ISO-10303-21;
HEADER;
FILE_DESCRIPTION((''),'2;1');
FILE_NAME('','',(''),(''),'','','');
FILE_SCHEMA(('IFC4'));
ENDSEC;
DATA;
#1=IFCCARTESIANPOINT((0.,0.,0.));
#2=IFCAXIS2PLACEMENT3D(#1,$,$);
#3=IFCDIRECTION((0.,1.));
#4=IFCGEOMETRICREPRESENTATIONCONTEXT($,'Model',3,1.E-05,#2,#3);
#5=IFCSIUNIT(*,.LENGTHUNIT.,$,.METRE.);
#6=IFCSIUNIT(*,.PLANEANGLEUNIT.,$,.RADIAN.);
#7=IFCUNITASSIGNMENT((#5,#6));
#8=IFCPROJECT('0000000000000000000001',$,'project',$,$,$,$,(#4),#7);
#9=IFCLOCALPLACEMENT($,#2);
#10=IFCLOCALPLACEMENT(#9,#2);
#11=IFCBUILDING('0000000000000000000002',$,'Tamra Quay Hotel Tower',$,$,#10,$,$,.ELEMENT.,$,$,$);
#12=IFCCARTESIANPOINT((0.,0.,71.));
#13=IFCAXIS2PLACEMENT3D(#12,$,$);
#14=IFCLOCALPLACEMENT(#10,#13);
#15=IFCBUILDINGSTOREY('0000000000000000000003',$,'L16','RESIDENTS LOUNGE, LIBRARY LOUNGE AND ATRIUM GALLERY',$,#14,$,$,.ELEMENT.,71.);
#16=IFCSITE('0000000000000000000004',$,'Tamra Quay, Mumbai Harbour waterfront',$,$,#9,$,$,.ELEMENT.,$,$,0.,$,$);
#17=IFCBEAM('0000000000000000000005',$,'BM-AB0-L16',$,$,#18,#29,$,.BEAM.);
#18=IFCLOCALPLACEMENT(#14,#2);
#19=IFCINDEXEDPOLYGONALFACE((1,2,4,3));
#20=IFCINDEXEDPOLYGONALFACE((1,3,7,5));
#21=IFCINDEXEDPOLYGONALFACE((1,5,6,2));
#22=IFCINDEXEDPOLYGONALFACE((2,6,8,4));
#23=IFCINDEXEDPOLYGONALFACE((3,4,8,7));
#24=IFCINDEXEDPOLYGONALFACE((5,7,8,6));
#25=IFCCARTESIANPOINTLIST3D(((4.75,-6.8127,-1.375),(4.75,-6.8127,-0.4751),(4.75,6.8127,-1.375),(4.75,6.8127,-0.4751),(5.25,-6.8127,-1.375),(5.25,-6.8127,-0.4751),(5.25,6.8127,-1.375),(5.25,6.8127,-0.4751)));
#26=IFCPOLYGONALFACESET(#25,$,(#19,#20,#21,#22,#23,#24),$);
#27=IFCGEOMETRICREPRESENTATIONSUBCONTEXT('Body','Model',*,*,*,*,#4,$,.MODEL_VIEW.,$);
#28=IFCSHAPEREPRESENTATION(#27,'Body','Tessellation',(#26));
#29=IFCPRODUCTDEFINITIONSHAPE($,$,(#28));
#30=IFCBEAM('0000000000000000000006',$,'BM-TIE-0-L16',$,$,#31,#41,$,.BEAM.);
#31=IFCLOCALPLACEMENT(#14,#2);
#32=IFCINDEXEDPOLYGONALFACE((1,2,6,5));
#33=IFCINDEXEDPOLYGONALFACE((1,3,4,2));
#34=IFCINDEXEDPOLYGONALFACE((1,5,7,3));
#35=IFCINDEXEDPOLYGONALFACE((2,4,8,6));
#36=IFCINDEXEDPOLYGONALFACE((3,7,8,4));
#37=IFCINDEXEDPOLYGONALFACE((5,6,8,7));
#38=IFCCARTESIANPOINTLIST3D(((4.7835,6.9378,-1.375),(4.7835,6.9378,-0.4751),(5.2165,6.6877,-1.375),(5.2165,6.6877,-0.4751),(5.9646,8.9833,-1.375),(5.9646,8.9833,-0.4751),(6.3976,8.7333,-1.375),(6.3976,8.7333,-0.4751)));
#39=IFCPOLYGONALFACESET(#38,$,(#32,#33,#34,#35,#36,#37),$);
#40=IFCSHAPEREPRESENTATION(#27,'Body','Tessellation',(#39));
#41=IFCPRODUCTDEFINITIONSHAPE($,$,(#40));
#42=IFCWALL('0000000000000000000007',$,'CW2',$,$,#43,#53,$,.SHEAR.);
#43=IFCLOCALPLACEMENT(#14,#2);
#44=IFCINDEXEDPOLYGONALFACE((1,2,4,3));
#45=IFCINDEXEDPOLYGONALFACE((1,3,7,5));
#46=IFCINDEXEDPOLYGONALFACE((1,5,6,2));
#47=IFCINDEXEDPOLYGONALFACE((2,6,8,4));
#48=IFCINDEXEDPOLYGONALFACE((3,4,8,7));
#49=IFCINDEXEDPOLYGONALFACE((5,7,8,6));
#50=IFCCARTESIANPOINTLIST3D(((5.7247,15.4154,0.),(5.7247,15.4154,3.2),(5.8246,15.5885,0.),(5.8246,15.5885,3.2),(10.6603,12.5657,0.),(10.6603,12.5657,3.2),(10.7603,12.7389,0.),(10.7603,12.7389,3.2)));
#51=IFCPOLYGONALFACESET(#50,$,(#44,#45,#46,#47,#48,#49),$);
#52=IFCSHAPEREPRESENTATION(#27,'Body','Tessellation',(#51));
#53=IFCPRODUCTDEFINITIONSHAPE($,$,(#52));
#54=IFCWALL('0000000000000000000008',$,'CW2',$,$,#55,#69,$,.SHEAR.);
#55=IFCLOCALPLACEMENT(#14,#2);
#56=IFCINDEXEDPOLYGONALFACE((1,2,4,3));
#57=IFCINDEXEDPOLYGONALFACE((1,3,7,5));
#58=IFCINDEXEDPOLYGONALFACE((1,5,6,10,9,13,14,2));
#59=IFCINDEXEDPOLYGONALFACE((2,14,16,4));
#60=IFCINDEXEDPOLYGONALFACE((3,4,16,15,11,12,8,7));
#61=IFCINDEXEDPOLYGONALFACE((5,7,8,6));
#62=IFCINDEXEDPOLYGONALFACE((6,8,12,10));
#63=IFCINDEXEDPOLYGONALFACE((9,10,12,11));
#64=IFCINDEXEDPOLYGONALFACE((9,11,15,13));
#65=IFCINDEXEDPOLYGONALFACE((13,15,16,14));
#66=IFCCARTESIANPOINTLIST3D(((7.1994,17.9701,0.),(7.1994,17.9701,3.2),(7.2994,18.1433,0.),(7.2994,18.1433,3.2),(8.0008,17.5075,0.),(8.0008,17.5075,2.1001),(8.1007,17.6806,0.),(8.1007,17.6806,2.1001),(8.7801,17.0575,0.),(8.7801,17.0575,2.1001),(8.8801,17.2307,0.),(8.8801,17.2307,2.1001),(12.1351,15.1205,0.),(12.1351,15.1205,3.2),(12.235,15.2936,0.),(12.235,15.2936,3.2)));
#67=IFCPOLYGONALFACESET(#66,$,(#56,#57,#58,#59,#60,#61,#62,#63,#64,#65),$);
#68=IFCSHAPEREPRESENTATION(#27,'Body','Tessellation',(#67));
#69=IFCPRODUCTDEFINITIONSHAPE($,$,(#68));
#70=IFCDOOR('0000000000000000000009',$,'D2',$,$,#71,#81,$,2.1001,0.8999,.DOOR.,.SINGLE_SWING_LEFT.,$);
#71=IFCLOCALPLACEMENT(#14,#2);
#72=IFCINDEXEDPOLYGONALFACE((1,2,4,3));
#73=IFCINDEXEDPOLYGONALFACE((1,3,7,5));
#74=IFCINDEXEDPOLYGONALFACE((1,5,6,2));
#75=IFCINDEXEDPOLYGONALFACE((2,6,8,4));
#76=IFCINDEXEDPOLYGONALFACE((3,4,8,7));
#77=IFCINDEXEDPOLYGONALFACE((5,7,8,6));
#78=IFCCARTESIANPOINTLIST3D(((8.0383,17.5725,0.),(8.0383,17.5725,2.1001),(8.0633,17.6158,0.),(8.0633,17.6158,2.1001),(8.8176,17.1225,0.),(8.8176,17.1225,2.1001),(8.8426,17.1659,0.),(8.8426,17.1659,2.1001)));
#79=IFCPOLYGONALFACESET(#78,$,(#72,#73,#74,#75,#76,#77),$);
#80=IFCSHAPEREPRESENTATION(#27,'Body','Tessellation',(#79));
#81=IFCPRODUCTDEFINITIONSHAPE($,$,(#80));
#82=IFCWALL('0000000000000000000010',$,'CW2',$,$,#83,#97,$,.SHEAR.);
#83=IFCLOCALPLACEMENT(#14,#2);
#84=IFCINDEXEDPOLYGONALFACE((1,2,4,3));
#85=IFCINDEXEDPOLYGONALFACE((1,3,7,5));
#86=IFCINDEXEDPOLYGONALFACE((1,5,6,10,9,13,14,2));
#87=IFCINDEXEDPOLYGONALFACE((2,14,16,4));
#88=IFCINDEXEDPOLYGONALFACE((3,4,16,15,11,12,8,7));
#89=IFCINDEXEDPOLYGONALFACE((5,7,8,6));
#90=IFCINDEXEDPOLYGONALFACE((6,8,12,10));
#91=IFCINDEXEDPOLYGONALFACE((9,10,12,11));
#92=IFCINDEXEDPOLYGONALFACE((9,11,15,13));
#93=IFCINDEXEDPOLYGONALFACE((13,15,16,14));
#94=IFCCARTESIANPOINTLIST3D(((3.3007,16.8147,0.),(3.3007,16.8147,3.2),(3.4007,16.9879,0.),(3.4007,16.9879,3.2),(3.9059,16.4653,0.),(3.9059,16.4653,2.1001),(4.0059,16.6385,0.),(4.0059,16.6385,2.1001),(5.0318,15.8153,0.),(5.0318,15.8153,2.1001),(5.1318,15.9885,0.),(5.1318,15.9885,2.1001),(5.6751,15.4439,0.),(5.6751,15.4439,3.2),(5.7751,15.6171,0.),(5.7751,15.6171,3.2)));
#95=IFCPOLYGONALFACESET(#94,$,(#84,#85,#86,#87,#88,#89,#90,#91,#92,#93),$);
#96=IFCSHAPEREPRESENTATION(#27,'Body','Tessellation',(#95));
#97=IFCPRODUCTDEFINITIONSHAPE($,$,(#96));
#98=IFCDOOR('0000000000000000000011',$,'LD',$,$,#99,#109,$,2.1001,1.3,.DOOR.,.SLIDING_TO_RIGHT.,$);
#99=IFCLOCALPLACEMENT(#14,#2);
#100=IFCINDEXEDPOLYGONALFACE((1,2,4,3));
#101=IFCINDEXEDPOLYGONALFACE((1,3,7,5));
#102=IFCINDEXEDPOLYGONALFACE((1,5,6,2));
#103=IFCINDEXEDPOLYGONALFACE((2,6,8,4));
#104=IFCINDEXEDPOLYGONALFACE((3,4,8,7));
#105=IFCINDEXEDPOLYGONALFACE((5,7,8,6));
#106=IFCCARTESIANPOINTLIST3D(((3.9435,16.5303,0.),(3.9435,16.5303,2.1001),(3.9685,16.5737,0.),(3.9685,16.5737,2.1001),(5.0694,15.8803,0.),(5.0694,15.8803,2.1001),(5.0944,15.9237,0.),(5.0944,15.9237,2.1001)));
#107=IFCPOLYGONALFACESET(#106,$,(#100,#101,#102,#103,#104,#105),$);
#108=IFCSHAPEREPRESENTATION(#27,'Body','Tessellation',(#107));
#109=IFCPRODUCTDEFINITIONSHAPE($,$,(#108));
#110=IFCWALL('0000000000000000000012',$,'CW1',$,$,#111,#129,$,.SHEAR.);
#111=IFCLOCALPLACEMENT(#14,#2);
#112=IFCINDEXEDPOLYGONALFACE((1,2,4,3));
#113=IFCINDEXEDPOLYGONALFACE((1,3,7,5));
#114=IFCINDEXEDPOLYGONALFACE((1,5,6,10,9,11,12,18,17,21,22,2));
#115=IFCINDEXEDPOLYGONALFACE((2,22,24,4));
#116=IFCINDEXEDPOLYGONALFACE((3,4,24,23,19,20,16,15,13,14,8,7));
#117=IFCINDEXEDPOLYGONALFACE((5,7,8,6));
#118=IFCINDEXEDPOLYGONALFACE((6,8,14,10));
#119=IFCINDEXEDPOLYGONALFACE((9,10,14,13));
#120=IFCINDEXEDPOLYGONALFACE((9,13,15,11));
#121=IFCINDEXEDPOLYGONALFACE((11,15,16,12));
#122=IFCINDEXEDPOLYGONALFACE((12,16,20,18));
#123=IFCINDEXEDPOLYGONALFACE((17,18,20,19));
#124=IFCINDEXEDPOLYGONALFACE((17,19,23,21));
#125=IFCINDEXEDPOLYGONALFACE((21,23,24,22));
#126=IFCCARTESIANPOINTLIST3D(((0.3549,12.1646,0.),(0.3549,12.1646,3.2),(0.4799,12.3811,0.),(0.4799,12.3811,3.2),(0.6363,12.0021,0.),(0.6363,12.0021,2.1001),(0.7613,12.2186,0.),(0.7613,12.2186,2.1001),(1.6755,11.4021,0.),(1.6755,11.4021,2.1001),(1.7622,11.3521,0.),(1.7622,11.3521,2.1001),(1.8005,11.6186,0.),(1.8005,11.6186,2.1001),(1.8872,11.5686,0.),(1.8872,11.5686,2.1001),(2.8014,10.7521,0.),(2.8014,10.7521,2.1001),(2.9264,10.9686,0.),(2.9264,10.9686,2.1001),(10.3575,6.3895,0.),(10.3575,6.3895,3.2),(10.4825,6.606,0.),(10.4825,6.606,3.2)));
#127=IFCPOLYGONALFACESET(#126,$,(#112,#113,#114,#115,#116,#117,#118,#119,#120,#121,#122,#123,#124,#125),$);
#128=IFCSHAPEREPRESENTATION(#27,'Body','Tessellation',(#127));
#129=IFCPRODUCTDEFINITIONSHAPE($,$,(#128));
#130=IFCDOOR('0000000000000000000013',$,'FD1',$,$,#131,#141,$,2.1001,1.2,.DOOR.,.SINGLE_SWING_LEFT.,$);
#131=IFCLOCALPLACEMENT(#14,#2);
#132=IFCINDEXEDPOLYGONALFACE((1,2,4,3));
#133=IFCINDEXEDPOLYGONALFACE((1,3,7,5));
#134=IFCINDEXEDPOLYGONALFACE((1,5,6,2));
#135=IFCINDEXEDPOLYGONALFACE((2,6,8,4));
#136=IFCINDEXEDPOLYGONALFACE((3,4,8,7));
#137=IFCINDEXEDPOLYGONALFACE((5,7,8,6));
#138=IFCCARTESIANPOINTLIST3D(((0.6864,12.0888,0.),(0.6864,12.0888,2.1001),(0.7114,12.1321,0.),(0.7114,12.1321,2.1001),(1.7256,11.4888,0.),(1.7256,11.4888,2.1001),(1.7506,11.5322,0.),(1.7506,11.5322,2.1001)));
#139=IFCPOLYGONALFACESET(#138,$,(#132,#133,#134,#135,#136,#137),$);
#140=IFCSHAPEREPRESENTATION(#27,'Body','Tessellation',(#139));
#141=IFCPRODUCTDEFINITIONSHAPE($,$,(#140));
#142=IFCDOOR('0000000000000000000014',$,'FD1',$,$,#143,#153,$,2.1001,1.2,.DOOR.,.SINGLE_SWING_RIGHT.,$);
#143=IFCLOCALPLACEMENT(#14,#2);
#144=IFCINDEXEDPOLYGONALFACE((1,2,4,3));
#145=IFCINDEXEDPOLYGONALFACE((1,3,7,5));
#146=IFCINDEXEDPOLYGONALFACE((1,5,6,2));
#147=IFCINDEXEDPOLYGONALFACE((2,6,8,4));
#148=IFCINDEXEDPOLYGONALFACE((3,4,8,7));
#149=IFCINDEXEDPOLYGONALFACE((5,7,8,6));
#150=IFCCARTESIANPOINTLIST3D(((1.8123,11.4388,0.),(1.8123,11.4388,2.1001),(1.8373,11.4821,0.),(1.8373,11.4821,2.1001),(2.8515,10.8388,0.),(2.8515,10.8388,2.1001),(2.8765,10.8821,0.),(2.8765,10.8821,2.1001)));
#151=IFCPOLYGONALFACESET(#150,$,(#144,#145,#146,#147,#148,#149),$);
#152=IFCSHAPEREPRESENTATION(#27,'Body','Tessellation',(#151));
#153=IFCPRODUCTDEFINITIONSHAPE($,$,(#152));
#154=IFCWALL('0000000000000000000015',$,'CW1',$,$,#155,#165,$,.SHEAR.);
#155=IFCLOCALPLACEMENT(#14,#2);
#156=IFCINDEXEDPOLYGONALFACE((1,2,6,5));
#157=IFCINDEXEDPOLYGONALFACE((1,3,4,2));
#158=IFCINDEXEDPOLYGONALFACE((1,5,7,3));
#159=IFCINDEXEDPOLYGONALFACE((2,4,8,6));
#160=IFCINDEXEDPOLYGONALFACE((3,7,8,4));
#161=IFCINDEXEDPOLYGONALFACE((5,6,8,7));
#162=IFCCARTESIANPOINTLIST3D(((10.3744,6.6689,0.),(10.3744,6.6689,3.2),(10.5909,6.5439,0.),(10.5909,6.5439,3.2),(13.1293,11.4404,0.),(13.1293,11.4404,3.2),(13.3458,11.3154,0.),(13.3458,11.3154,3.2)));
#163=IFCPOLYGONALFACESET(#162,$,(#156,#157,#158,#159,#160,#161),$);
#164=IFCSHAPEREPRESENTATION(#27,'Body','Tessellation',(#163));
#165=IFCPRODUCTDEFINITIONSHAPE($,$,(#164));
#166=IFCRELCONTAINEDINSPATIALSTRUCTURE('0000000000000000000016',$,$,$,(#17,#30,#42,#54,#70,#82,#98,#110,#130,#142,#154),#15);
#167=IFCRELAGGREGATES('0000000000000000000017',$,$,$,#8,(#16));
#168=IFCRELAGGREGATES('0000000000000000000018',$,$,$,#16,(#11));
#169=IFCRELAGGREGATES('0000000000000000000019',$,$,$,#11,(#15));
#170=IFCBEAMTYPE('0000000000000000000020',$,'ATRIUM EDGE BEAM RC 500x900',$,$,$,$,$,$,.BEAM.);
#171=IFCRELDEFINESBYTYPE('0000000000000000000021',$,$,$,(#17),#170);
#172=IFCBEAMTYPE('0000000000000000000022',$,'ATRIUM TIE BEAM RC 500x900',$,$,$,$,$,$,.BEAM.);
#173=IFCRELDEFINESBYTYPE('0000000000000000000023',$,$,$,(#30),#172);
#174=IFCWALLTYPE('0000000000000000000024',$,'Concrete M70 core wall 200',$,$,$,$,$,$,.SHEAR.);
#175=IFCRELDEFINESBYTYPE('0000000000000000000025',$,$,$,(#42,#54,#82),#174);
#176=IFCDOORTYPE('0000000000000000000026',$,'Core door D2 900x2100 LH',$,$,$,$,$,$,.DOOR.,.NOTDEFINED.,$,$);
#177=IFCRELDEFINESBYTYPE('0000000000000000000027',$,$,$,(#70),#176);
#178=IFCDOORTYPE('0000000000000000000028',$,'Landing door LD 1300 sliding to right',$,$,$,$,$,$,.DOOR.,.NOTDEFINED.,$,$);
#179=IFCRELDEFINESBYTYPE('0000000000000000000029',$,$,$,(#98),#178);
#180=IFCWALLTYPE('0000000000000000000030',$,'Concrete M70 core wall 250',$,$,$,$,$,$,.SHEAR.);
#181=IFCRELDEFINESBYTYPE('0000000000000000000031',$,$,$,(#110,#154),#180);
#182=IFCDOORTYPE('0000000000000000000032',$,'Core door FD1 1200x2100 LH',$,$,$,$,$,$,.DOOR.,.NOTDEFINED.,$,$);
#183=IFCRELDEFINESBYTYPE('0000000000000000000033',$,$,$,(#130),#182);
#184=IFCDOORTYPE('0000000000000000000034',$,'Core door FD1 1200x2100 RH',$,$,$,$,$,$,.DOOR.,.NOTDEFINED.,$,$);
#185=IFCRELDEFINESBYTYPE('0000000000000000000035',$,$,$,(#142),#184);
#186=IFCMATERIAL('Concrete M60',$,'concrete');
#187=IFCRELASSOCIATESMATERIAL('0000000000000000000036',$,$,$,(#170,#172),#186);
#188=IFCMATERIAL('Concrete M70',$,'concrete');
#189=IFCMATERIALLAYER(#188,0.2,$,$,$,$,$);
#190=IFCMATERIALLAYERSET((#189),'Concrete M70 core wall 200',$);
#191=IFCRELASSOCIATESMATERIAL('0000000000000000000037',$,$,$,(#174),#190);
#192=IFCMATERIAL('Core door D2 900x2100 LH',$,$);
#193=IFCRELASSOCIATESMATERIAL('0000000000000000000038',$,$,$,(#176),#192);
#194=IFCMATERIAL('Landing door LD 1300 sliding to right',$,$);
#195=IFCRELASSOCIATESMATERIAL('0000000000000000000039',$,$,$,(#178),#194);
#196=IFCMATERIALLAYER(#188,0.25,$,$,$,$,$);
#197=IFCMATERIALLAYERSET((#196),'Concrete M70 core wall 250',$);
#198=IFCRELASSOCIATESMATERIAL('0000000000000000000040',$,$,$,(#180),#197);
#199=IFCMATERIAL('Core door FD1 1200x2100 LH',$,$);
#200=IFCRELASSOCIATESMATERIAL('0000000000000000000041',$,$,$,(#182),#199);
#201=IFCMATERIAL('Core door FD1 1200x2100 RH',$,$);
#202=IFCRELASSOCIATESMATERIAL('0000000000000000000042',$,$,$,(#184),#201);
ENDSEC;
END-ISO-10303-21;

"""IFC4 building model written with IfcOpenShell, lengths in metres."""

from ifc_helpers import new_model, si_unit, direction, frame, frame_2d, origin, origin_2d, place, context, subcontext, project, spatial, rectangle, extrude, material, layer, layer_set, material_profile, profile_set, type_object, element, fill, save


model = new_model("IFC4")

# Units and contexts
model_context = context("Model", 3, precision=1e-05, world=origin(), true_north=direction((0.0, 1.0)))
body_context = subcontext(model_context, "Body", "Model", "MODEL_VIEW")
ifc_project = project(units=[si_unit("LENGTHUNIT", "METRE"), si_unit("PLANEANGLEUNIT", "RADIAN")], contexts=[model_context])

# Site, building, storey
site_placement = place(None, origin())
site = spatial("IfcSite", under=ifc_project, at=site_placement, Name="Tamra Quay, Mumbai Harbour waterfront", CompositionType="ELEMENT", RefElevation=0.0)
building_placement = place(site_placement, origin())
building = spatial("IfcBuilding", under=site, at=building_placement, Name="Tamra Quay Hotel Tower", CompositionType="ELEMENT")
storey_placement = place(building_placement, frame((0.0, 0.0, 71.0)))
storey = spatial("IfcBuildingStorey", under=building, at=storey_placement, Name="L16", Description="RESIDENTS LOUNGE, LIBRARY LOUNGE AND ATRIUM GALLERY", CompositionType="ELEMENT", Elevation=71.0)

# Beams
ifc_material_1 = material(Name="Concrete M60", Category="concrete")
ifc_material_profile_1 = material_profile(ifc_material_1, rectangle(XDim=0.5, YDim=0.8999, at=origin_2d()), Name="ATRIUM EDGE BEAM RC 500x900")
ifc_profile_set_1 = profile_set([ifc_material_profile_1], Name="Concrete M60")
beam_type_1 = type_object("IfcBeamType", Name="ATRIUM EDGE BEAM RC 500x900", PredefinedType="BEAM", material=ifc_profile_set_1)
beam_1_placement = place(storey_placement, frame((5.0, 6.8127, -0.925), z_axis=(0.0, -1.0, 0.0), x_axis=(1.0, 0.0, 0.0)))
element("IfcBeam", 1, at=beam_1_placement, inside=storey, type_object=beam_type_1, Name="BM-AB0-L16", PredefinedType="BEAM", context=body_context, shape_type="SweptSolid", body=[
    extrude(rectangle(XDim=0.5, YDim=0.8999, at=origin_2d()), origin(), (0.0, 0.0, 1.0), 13.6255),
])
ifc_material_profile_2 = material_profile(ifc_material_1, rectangle(XDim=0.5, YDim=0.8999, at=origin_2d()), Name="ATRIUM TIE BEAM RC 500x900")
ifc_profile_set_2 = profile_set([ifc_material_profile_2], Name="Concrete M60")
beam_type_2 = type_object("IfcBeamType", Name="ATRIUM TIE BEAM RC 500x900", PredefinedType="BEAM", material=ifc_profile_set_2)
beam_2_placement = place(storey_placement, frame((5.0, 6.8127, -0.925), z_axis=(0.50003, 0.866008, 0.0), x_axis=(-0.866008, 0.50003, 0.0)))
element("IfcBeam", 2, at=beam_2_placement, inside=storey, type_object=beam_type_2, Name="BM-TIE-0-L16", PredefinedType="BEAM", context=body_context, shape_type="SweptSolid", body=[
    extrude(rectangle(XDim=0.5, YDim=0.8999, at=origin_2d()), origin(), (0.0, 0.0, 1.0), 2.3621),
])

# Wall
ifc_material_2 = material(Name="Concrete M70", Category="concrete")
ifc_layer_1 = layer(ifc_material_2, 0.2)
ifc_layer_set_1 = layer_set([ifc_layer_1], Name="Concrete M70 core wall 200")
wall_type_1 = type_object("IfcWallType", Name="Concrete M70 core wall 200", PredefinedType="SHEAR", material=ifc_layer_set_1)
wall_1_placement = place(storey_placement, frame((5.7747, 15.502, 0.0), z_axis=(0.0, 0.0, 1.0), x_axis=(0.86602, -0.500009, 0.0)))
element("IfcWall", 3, at=wall_1_placement, inside=storey, type_object=wall_type_1, Name="CW2", PredefinedType="SHEAR", context=body_context, shape_type="SweptSolid", body=[
    extrude(rectangle(XDim=5.6992, YDim=0.2, at=frame_2d((2.8496, 0.0))), origin(), (0.0, 0.0, 1.0), 3.2),
])

# Walls, openings, doors
wall_2_placement = place(storey_placement, frame((12.1851, 15.207, 0.0), z_axis=(0.0, 0.0, 1.0), x_axis=(-0.86602, 0.500009, 0.0)))
wall_2 = element("IfcWall", 4, at=wall_2_placement, inside=storey, type_object=wall_type_1, Name="CW2", PredefinedType="SHEAR", context=body_context, shape_type="SweptSolid", body=[
    extrude(rectangle(XDim=5.6992, YDim=0.2, at=frame_2d((2.8496, 0.0))), origin(), (0.0, 0.0, 1.0), 3.2),
])
opening_1_placement = place(wall_2_placement, frame((3.874, 0.0, 0.0)))
opening_1 = element("IfcOpeningElement", 5, at=opening_1_placement, cuts=wall_2, PredefinedType="OPENING", context=body_context, shape_type="SweptSolid", body=[
    extrude(rectangle(XDim=0.8999, YDim=2.1001, at=frame_2d((0.45, 1.05))), frame((0.0, 0.1099, 0.0), z_axis=(0.0, -1.0, 0.0), x_axis=(1.0, 0.0, 0.0)), (0.0, 0.0, 1.0), 0.22),
])
ifc_material_3 = material(Name="Core door D2 900x2100 LH")
door_type_1 = type_object("IfcDoorType", Name="Core door D2 900x2100 LH", OperationType="NOTDEFINED", PredefinedType="DOOR", material=ifc_material_3)
door_1_placement = place(opening_1_placement, origin())
door_1 = element("IfcDoor", 6, at=door_1_placement, inside=storey, type_object=door_type_1, Name="D2", OperationType="SINGLE_SWING_LEFT", OverallHeight=2.1001, OverallWidth=0.8999, PredefinedType="DOOR", context=body_context, shape_type="SweptSolid", body=[
    extrude(rectangle(XDim=0.8999, YDim=2.1001, at=frame_2d((0.45, 1.05))), frame((0.0, 0.0249, 0.0), z_axis=(0.0, -1.0, 0.0), x_axis=(1.0, 0.0, 0.0)), (0.0, 0.0, 1.0), 0.05),
])
fill(opening_1, door_1)
wall_3_placement = place(storey_placement, frame((5.7251, 15.5305, 0.0), z_axis=(0.0, 0.0, 1.0), x_axis=(-0.866037, 0.499979, 0.0)))
wall_3 = element("IfcWall", 7, at=wall_3_placement, inside=storey, type_object=wall_type_1, Name="CW2", PredefinedType="SHEAR", context=body_context, shape_type="SweptSolid", body=[
    extrude(rectangle(XDim=2.7417, YDim=0.2, at=frame_2d((1.3708, 0.0))), origin(), (0.0, 0.0, 1.0), 3.2),
])
opening_2_placement = place(wall_3_placement, frame((0.7429, 0.0, 0.0)))
opening_2 = element("IfcOpeningElement", 8, at=opening_2_placement, cuts=wall_3, PredefinedType="OPENING", context=body_context, shape_type="SweptSolid", body=[
    extrude(rectangle(XDim=1.3, YDim=2.1001, at=frame_2d((0.6499, 1.05))), frame((0.0, 0.1099, 0.0), z_axis=(0.0, -1.0, 0.0), x_axis=(1.0, 0.0, 0.0)), (0.0, 0.0, 1.0), 0.22),
])
ifc_material_4 = material(Name="Landing door LD 1300 sliding to right")
door_type_2 = type_object("IfcDoorType", Name="Landing door LD 1300 sliding to right", OperationType="NOTDEFINED", PredefinedType="DOOR", material=ifc_material_4)
door_2_placement = place(opening_2_placement, origin())
door_2 = element("IfcDoor", 9, at=door_2_placement, inside=storey, type_object=door_type_2, Name="LD", OperationType="SLIDING_TO_RIGHT", OverallHeight=2.1001, OverallWidth=1.3, PredefinedType="DOOR", context=body_context, shape_type="SweptSolid", body=[
    extrude(rectangle(XDim=1.3, YDim=2.1001, at=frame_2d((0.6499, 1.05))), frame((0.0, 0.0249, 0.0), z_axis=(0.0, -1.0, 0.0), x_axis=(1.0, 0.0, 0.0)), (0.0, 0.0, 1.0), 0.05),
])
fill(opening_2, door_2)

# Wall, openings, doors
ifc_layer_2 = layer(ifc_material_2, 0.25)
ifc_layer_set_2 = layer_set([ifc_layer_2], Name="Concrete M70 core wall 250")
wall_type_2 = type_object("IfcWallType", Name="Concrete M70 core wall 250", PredefinedType="SHEAR", material=ifc_layer_set_2)
wall_4_placement = place(storey_placement, frame((10.4199, 6.4978, 0.0), z_axis=(0.0, 0.0, 1.0), x_axis=(-0.866022, 0.500006, 0.0)))
wall_4 = element("IfcWall", 10, at=wall_4_placement, inside=storey, type_object=wall_type_2, Name="CW1", PredefinedType="SHEAR", context=body_context, shape_type="SweptSolid", body=[
    extrude(rectangle(XDim=11.55, YDim=0.25, at=frame_2d((5.7749, 0.0))), origin(), (0.0, 0.0, 1.0), 3.2),
])
opening_3_placement = place(wall_4_placement, frame((10.0249, 0.0, 0.0)))
opening_3 = element("IfcOpeningElement", 11, at=opening_3_placement, cuts=wall_4, PredefinedType="OPENING", context=body_context, shape_type="SweptSolid", body=[
    extrude(rectangle(XDim=1.2, YDim=2.1001, at=frame_2d((0.6001, 1.05))), frame((0.0, 0.135, 0.0), z_axis=(0.0, -1.0, 0.0), x_axis=(1.0, 0.0, 0.0)), (0.0, 0.0, 1.0), 0.27),
])
opening_4_placement = place(wall_4_placement, frame((8.7249, 0.0, 0.0)))
opening_4 = element("IfcOpeningElement", 12, at=opening_4_placement, cuts=wall_4, PredefinedType="OPENING", context=body_context, shape_type="SweptSolid", body=[
    extrude(rectangle(XDim=1.2, YDim=2.1001, at=frame_2d((0.6001, 1.05))), frame((0.0, 0.135, 0.0), z_axis=(0.0, -1.0, 0.0), x_axis=(1.0, 0.0, 0.0)), (0.0, 0.0, 1.0), 0.27),
])
ifc_material_5 = material(Name="Core door FD1 1200x2100 LH")
door_type_3 = type_object("IfcDoorType", Name="Core door FD1 1200x2100 LH", OperationType="NOTDEFINED", PredefinedType="DOOR", material=ifc_material_5)
door_3_placement = place(opening_3_placement, origin())
door_3 = element("IfcDoor", 13, at=door_3_placement, inside=storey, type_object=door_type_3, Name="FD1", OperationType="SINGLE_SWING_LEFT", OverallHeight=2.1001, OverallWidth=1.2, PredefinedType="DOOR", context=body_context, shape_type="SweptSolid", body=[
    extrude(rectangle(XDim=1.2, YDim=2.1001, at=frame_2d((0.6001, 1.05))), frame((0.0, 0.0249, 0.0), z_axis=(0.0, -1.0, 0.0), x_axis=(1.0, 0.0, 0.0)), (0.0, 0.0, 1.0), 0.05),
])
fill(opening_3, door_3)
ifc_material_6 = material(Name="Core door FD1 1200x2100 RH")
door_type_4 = type_object("IfcDoorType", Name="Core door FD1 1200x2100 RH", OperationType="NOTDEFINED", PredefinedType="DOOR", material=ifc_material_6)
door_4_placement = place(opening_4_placement, origin())
door_4 = element("IfcDoor", 14, at=door_4_placement, inside=storey, type_object=door_type_4, Name="FD1", OperationType="SINGLE_SWING_RIGHT", OverallHeight=2.1001, OverallWidth=1.2, PredefinedType="DOOR", context=body_context, shape_type="SweptSolid", body=[
    extrude(rectangle(XDim=1.2, YDim=2.1001, at=frame_2d((0.6001, 1.05))), frame((0.0, 0.0249, 0.0), z_axis=(0.0, -1.0, 0.0), x_axis=(1.0, 0.0, 0.0)), (0.0, 0.0, 1.0), 0.05),
])
fill(opening_4, door_4)

# Wall
wall_5_placement = place(storey_placement, frame((13.2375, 11.3779, 0.0), z_axis=(0.0, 0.0, 1.0), x_axis=(-0.500009, -0.86602, 0.0)))
element("IfcWall", 15, at=wall_5_placement, inside=storey, type_object=wall_type_2, Name="CW1", PredefinedType="SHEAR", context=body_context, shape_type="SweptSolid", body=[
    extrude(rectangle(XDim=5.5098, YDim=0.25, at=frame_2d((2.7549, 0.0))), origin(), (0.0, 0.0, 1.0), 3.2),
])

save(model, "model.ifc")
